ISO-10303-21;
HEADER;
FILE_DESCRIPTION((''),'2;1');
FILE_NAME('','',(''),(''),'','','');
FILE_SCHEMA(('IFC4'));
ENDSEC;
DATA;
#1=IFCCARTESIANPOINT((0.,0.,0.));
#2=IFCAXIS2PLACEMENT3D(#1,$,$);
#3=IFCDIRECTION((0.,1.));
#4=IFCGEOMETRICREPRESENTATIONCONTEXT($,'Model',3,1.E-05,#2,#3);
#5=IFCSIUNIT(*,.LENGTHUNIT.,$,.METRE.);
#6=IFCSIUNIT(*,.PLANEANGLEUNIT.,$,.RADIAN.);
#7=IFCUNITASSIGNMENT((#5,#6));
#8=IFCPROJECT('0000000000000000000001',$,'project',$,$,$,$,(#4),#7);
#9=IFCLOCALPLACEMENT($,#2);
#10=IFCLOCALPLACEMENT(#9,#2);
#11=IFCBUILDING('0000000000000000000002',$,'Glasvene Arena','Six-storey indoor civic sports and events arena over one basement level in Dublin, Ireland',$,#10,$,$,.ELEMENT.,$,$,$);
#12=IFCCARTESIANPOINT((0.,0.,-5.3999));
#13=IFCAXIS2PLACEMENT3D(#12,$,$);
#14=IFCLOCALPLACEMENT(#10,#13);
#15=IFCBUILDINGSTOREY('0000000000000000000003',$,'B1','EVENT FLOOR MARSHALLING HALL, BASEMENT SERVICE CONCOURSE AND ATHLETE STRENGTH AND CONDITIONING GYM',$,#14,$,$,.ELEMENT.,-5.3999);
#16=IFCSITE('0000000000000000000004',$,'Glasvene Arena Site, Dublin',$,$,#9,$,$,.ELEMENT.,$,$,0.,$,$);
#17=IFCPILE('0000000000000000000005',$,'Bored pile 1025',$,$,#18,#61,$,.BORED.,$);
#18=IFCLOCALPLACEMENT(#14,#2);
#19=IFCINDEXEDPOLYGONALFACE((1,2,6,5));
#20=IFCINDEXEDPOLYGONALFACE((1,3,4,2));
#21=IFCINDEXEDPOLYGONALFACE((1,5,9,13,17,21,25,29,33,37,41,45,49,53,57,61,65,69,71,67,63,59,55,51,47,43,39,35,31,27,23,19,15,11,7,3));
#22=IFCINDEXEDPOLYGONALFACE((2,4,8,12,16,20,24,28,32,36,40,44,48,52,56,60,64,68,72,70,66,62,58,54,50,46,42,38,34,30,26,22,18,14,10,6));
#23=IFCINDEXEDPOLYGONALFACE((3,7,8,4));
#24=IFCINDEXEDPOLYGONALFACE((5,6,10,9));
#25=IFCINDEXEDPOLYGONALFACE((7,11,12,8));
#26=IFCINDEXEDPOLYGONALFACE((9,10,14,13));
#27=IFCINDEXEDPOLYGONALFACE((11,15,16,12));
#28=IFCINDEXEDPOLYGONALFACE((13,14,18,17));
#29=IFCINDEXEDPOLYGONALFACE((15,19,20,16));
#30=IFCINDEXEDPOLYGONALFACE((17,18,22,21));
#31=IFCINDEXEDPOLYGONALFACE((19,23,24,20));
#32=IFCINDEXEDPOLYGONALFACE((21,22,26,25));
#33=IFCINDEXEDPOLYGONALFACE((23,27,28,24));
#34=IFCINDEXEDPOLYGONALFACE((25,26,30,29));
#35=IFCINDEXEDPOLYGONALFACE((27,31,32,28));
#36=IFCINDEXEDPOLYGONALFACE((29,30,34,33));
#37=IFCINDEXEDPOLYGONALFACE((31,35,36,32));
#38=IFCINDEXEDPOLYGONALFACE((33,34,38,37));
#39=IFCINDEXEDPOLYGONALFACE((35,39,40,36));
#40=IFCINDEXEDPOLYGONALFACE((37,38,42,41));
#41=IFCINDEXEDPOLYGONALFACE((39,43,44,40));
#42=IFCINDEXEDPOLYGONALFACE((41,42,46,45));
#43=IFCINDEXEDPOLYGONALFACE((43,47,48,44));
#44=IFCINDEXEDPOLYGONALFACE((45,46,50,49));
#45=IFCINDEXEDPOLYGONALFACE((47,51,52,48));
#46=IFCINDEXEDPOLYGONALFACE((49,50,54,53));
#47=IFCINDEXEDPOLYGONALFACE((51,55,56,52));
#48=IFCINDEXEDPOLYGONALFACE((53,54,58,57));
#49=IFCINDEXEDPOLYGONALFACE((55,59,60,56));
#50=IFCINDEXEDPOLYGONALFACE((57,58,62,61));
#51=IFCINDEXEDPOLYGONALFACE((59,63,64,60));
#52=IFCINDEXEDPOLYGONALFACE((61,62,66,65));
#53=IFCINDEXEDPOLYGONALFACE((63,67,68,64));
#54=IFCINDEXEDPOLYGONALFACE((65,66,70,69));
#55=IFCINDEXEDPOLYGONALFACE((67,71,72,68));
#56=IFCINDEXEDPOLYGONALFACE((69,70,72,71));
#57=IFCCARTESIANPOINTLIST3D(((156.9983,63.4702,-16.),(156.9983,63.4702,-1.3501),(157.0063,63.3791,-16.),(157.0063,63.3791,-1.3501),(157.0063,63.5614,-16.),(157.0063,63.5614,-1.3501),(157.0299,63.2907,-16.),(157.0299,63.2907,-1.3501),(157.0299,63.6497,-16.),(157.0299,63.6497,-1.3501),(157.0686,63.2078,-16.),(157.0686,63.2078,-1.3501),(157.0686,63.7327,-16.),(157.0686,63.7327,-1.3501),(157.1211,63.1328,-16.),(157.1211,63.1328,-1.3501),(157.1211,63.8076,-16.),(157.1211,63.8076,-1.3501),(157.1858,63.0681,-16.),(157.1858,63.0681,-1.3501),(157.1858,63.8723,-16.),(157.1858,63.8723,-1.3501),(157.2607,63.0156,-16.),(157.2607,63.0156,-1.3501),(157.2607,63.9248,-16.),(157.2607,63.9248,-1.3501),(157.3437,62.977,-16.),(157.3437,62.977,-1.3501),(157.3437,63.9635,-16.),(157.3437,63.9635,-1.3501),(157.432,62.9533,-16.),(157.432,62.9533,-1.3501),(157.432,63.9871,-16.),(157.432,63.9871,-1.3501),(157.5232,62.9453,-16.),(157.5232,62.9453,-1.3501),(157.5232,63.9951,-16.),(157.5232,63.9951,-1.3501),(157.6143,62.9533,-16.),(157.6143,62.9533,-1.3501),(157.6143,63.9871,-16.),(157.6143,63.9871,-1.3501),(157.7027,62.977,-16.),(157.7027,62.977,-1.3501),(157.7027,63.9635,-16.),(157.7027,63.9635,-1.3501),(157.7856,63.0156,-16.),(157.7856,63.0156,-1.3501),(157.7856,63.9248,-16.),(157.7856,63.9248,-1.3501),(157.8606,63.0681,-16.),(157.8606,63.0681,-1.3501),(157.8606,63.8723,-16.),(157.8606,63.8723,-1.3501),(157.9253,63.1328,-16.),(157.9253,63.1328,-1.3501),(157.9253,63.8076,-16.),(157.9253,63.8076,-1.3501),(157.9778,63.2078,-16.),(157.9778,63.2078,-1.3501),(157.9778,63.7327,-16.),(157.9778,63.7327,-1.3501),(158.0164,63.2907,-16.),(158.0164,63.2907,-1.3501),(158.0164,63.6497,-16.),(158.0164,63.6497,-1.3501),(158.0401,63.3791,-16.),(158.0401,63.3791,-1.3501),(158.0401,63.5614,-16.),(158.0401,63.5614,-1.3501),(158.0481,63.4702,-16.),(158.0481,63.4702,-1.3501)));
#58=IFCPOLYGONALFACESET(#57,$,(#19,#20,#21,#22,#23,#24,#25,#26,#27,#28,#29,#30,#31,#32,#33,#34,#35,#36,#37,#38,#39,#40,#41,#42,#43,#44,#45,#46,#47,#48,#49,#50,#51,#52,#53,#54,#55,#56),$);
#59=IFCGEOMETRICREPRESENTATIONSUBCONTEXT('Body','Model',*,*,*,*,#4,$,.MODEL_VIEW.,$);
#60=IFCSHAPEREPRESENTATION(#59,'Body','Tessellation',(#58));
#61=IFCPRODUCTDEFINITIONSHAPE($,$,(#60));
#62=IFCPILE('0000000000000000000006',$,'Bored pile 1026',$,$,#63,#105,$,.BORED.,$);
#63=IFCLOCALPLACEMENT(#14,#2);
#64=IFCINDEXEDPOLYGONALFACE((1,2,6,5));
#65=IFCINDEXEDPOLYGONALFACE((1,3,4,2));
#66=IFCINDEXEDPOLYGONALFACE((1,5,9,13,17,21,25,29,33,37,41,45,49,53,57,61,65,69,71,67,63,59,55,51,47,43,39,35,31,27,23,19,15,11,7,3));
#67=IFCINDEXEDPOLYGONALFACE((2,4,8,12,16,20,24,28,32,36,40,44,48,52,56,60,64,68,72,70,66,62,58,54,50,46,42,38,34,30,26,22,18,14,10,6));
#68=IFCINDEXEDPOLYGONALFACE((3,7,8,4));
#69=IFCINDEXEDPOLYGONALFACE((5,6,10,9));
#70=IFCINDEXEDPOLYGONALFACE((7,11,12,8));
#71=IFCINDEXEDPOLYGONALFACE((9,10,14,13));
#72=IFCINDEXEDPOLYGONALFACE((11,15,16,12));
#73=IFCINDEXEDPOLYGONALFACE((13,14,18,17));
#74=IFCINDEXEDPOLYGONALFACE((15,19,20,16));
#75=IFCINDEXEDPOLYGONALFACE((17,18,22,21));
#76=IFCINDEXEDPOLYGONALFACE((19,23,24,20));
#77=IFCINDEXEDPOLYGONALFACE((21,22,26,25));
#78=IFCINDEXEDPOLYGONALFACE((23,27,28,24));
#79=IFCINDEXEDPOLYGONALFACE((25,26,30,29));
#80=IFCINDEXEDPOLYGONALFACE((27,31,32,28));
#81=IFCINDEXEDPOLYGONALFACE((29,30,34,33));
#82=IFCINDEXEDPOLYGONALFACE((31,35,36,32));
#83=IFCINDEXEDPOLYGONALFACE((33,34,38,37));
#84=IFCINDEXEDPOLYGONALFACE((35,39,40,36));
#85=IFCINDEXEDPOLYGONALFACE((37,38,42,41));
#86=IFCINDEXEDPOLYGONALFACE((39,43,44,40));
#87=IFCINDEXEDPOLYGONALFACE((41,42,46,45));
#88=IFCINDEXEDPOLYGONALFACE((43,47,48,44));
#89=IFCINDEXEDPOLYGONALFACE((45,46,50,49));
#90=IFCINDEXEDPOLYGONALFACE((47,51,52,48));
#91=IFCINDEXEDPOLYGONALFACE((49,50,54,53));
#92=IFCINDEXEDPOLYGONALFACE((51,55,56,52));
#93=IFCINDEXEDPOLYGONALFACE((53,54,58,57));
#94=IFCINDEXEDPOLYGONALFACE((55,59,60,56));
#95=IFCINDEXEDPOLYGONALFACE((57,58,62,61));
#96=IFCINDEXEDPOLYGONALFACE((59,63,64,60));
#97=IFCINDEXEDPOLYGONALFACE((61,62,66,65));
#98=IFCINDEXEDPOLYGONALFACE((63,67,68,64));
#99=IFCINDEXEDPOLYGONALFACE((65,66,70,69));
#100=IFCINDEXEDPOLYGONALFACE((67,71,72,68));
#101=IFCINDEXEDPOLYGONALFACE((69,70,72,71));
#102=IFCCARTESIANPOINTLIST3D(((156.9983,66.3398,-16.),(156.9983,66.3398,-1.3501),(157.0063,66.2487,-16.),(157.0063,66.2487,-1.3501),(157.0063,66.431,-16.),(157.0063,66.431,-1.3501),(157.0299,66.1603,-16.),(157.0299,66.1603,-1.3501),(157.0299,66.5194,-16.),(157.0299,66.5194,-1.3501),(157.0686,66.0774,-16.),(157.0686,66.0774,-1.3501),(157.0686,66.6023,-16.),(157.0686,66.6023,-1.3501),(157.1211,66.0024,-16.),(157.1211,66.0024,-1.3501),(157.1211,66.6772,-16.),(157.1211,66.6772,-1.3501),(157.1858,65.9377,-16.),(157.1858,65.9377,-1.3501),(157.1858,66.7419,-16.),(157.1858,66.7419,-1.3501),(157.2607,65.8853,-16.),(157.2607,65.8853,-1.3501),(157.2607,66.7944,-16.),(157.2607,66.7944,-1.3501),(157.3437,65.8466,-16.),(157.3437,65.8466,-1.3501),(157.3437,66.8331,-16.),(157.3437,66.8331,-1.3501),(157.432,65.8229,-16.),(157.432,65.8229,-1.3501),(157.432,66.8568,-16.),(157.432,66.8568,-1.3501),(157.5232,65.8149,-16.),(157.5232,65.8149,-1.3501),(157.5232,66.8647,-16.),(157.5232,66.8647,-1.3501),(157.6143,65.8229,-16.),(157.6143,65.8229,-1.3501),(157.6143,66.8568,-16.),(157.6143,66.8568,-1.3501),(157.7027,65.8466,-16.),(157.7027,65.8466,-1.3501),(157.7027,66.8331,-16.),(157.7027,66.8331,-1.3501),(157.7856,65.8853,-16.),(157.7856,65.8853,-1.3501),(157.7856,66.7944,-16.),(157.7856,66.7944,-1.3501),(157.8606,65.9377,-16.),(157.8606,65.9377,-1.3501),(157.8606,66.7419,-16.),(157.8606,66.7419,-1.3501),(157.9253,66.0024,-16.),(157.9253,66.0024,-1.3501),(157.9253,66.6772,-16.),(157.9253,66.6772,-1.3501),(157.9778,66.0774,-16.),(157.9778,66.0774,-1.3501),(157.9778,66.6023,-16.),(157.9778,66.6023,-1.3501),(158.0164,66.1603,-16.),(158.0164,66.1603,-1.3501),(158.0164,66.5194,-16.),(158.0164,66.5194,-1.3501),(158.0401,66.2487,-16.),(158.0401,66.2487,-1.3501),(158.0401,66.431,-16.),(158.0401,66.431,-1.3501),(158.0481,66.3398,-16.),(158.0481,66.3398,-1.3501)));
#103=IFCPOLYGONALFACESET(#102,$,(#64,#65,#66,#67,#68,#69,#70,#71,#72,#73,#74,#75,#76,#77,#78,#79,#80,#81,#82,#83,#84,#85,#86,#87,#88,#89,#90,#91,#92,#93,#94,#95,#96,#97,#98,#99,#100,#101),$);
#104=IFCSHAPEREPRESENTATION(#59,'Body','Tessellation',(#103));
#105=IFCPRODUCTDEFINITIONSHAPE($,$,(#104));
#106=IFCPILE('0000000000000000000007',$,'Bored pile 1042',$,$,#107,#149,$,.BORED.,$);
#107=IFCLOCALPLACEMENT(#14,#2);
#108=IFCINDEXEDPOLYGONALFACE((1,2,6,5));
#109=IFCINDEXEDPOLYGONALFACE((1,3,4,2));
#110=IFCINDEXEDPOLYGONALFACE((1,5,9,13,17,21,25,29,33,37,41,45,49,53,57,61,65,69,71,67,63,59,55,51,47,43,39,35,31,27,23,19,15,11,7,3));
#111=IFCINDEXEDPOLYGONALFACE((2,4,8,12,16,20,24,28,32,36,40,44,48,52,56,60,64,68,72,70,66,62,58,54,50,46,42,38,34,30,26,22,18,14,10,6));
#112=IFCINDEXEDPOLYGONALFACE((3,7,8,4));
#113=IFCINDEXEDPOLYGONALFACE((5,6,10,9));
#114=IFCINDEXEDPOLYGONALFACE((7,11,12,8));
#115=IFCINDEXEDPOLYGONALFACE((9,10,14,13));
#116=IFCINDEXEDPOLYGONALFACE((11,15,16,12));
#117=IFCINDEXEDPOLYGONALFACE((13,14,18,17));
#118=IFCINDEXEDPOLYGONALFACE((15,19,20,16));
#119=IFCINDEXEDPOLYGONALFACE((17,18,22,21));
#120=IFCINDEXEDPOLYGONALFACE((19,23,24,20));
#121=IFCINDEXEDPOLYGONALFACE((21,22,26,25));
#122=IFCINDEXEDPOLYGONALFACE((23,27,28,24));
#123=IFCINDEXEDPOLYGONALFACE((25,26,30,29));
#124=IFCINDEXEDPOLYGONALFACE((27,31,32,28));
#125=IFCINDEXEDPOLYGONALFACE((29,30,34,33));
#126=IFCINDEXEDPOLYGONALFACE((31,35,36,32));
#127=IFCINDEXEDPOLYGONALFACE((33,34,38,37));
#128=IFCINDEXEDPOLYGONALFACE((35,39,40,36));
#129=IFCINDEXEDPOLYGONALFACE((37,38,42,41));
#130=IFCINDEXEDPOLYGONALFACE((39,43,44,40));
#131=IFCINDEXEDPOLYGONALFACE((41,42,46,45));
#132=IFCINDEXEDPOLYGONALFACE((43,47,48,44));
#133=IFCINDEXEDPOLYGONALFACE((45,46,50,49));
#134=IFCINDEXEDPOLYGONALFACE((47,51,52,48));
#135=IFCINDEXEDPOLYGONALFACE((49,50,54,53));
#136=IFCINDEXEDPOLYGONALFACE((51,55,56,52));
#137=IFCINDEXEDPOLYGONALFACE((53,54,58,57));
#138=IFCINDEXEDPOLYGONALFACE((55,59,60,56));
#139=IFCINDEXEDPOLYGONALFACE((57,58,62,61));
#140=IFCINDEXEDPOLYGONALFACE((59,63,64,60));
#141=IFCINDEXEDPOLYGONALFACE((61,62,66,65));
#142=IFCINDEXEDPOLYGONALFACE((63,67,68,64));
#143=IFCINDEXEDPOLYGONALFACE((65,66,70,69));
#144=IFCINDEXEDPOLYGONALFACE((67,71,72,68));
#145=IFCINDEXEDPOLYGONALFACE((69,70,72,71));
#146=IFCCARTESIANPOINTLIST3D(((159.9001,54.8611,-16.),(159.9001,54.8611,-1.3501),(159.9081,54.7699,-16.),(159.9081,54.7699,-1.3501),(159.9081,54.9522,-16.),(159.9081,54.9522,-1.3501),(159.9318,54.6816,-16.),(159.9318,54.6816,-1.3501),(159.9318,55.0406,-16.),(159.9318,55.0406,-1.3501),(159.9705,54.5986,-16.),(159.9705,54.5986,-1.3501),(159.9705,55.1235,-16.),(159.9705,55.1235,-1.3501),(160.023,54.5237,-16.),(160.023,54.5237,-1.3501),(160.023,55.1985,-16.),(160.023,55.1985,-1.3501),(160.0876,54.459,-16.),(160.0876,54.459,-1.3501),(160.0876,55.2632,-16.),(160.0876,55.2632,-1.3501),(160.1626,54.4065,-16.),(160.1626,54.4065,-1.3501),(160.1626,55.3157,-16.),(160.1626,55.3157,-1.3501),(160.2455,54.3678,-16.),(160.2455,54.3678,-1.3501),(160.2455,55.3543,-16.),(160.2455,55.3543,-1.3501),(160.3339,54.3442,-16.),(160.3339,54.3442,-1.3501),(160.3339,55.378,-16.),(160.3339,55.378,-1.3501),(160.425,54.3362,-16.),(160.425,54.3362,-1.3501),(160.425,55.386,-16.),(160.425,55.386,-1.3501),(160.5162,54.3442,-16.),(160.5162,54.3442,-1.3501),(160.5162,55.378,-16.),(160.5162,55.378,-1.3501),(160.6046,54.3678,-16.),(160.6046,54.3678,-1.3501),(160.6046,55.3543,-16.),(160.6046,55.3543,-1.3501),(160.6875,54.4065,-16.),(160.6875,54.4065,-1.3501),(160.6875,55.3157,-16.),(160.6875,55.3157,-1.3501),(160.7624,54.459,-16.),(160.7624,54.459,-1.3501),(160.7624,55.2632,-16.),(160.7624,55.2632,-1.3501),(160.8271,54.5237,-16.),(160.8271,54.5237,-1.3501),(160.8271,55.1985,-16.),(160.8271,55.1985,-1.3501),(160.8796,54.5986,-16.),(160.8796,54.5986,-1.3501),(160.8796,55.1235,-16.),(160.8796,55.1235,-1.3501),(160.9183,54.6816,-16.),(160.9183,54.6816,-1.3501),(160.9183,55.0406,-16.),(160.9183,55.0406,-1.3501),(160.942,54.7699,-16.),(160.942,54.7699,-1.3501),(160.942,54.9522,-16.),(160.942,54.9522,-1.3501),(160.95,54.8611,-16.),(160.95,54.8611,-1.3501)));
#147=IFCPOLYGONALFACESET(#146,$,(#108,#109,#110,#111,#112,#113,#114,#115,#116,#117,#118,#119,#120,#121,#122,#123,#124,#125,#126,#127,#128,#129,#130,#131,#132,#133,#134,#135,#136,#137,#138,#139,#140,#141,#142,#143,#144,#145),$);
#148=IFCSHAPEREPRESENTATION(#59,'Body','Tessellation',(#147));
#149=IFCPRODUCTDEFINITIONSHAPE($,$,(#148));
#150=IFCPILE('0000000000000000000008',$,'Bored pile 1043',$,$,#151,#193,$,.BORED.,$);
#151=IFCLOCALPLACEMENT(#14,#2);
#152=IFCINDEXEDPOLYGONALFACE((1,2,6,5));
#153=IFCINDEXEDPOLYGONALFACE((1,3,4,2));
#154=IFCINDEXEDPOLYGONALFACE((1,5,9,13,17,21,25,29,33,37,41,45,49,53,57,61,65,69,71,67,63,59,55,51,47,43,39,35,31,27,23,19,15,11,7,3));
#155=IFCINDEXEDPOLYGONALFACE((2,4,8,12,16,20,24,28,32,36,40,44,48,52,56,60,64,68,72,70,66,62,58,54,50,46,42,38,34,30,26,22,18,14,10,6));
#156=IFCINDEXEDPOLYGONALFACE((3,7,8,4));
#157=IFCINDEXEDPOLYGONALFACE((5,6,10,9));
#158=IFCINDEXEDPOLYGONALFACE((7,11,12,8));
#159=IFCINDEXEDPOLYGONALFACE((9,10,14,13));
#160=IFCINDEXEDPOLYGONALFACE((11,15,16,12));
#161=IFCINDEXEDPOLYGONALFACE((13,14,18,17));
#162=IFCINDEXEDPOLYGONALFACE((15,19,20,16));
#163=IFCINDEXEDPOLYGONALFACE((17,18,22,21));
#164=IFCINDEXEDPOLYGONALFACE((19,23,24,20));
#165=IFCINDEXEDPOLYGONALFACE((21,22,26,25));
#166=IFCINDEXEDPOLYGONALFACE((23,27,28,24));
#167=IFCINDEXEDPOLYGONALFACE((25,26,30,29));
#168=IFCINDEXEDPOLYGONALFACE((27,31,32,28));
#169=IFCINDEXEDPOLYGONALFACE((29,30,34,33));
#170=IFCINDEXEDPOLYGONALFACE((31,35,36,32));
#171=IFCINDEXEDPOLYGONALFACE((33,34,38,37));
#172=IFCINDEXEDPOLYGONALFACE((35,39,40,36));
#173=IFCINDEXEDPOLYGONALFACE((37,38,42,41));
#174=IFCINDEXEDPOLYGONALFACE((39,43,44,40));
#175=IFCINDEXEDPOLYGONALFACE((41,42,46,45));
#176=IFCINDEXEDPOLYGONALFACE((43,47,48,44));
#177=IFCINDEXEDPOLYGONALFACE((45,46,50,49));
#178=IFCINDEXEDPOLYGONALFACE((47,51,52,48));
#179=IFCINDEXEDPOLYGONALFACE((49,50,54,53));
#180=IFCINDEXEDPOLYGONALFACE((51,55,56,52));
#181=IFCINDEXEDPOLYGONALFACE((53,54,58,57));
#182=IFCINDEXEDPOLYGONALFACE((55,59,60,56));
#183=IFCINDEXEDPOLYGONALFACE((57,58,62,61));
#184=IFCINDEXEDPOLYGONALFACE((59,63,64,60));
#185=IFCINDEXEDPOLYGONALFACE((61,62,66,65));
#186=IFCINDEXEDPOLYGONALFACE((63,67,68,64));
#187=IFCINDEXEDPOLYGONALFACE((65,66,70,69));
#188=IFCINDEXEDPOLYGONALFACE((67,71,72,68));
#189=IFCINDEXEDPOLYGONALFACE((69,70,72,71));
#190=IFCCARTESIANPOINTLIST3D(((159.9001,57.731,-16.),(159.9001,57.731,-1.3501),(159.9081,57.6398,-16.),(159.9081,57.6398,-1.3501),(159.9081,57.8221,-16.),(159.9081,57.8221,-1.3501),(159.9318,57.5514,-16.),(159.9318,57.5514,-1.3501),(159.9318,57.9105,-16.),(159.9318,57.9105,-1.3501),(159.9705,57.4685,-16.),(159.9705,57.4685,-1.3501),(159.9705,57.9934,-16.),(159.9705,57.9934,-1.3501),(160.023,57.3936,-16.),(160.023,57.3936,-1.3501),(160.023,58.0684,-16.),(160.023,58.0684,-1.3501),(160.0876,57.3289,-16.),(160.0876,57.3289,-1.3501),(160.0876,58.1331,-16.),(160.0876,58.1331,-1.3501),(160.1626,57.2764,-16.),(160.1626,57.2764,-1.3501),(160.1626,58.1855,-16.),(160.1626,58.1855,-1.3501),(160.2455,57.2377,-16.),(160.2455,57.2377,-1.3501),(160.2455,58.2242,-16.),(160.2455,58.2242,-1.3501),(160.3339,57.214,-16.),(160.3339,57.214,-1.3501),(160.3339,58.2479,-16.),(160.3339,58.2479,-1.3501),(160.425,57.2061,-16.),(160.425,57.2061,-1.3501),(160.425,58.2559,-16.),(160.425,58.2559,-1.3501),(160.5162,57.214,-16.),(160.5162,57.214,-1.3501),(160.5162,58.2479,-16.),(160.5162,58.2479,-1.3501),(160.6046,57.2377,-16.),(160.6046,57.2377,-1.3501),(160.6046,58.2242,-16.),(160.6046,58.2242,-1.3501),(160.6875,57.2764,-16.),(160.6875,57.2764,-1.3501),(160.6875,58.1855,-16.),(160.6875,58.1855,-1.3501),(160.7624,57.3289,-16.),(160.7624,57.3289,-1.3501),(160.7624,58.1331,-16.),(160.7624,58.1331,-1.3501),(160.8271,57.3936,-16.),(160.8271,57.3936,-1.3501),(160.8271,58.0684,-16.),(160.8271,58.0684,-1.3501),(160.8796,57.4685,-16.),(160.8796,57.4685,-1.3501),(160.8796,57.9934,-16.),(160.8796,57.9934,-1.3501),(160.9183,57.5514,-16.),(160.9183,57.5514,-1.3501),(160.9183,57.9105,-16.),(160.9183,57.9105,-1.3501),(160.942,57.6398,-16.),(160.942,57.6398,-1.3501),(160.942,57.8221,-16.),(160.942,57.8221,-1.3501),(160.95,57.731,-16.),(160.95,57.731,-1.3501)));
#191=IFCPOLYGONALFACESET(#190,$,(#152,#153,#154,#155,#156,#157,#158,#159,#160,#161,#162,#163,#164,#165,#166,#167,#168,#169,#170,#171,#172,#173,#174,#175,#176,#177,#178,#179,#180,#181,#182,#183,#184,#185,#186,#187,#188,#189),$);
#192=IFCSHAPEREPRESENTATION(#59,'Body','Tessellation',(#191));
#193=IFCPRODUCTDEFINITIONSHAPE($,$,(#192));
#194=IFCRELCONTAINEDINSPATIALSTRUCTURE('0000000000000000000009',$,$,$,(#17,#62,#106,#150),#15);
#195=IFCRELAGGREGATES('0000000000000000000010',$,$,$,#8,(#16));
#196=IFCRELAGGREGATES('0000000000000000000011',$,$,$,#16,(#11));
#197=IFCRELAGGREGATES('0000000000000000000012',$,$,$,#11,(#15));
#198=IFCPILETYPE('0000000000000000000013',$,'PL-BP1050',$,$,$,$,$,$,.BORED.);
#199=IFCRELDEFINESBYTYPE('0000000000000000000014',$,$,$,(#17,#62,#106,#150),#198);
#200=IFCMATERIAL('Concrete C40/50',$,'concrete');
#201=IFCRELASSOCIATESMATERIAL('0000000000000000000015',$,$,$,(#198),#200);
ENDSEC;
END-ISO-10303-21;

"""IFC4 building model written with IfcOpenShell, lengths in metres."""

from ifc_helpers import new_model, si_unit, direction, frame, origin, origin_2d, place, context, subcontext, project, spatial, circle, extrude, material, material_profile, profile_set, type_object, element, save


model = new_model("IFC4")

# Units and contexts
model_context = context("Model", 3, precision=1e-05, world=origin(), true_north=direction((0.0, 1.0)))
body_context = subcontext(model_context, "Body", "Model", "MODEL_VIEW")
ifc_project = project(units=[si_unit("LENGTHUNIT", "METRE"), si_unit("PLANEANGLEUNIT", "RADIAN")], contexts=[model_context])

# Site, building, storey
site_placement = place(None, origin())
site = spatial("IfcSite", under=ifc_project, at=site_placement, Name="Glasvene Arena Site, Dublin", CompositionType="ELEMENT", RefElevation=0.0)
building_placement = place(site_placement, origin())
building = spatial("IfcBuilding", under=site, at=building_placement, Name="Glasvene Arena", Description="Six-storey indoor civic sports and events arena over one basement level in Dublin, Ireland", CompositionType="ELEMENT")
storey_placement = place(building_placement, frame((0.0, 0.0, -5.3999)))
storey = spatial("IfcBuildingStorey", under=building, at=storey_placement, Name="B1", Description="EVENT FLOOR MARSHALLING HALL, BASEMENT SERVICE CONCOURSE AND ATHLETE STRENGTH AND CONDITIONING GYM", CompositionType="ELEMENT", Elevation=-5.3999)

# Piles
ifc_material_1 = material(Name="Concrete C40/50", Category="concrete")
ifc_material_profile_1 = material_profile(ifc_material_1, circle(Radius=0.5249, at=origin_2d()), Name="BORED PILE 1050")
ifc_profile_set_1 = profile_set([ifc_material_profile_1], Name="Concrete C40/50")
pile_type = type_object("IfcPileType", Name="PL-BP1050", PredefinedType="BORED", material=ifc_profile_set_1)
for number, where, z_axis, x_axis, name in (
    (1, (157.5232, 63.4702, -1.3501), (0.0, 0.0, -1.0), (1.0, 0.0, 0.0), "Bored pile 1025"),
    (2, (157.5232, 66.3398, -1.3501), (0.0, 0.0, -1.0), (1.0, 0.0, 0.0), "Bored pile 1026"),
    (3, (160.425, 54.8611, -1.3501), (0.0, 0.0, -1.0), (1.0, 0.0, 0.0), "Bored pile 1042"),
    (4, (160.425, 57.731, -1.3501), (0.0, 0.0, -1.0), (1.0, 0.0, 0.0), "Bored pile 1043"),
):
    element("IfcPile", number, at=place(storey_placement, frame(where, z_axis=z_axis, x_axis=x_axis)), inside=storey, type_object=pile_type, Name=name, PredefinedType="BORED", context=body_context, shape_type="SweptSolid", body=[
        extrude(circle(Radius=0.5249, at=origin_2d()), origin(), (0.0, 0.0, 1.0), 14.6499),
    ])

save(model, "model.ifc")
